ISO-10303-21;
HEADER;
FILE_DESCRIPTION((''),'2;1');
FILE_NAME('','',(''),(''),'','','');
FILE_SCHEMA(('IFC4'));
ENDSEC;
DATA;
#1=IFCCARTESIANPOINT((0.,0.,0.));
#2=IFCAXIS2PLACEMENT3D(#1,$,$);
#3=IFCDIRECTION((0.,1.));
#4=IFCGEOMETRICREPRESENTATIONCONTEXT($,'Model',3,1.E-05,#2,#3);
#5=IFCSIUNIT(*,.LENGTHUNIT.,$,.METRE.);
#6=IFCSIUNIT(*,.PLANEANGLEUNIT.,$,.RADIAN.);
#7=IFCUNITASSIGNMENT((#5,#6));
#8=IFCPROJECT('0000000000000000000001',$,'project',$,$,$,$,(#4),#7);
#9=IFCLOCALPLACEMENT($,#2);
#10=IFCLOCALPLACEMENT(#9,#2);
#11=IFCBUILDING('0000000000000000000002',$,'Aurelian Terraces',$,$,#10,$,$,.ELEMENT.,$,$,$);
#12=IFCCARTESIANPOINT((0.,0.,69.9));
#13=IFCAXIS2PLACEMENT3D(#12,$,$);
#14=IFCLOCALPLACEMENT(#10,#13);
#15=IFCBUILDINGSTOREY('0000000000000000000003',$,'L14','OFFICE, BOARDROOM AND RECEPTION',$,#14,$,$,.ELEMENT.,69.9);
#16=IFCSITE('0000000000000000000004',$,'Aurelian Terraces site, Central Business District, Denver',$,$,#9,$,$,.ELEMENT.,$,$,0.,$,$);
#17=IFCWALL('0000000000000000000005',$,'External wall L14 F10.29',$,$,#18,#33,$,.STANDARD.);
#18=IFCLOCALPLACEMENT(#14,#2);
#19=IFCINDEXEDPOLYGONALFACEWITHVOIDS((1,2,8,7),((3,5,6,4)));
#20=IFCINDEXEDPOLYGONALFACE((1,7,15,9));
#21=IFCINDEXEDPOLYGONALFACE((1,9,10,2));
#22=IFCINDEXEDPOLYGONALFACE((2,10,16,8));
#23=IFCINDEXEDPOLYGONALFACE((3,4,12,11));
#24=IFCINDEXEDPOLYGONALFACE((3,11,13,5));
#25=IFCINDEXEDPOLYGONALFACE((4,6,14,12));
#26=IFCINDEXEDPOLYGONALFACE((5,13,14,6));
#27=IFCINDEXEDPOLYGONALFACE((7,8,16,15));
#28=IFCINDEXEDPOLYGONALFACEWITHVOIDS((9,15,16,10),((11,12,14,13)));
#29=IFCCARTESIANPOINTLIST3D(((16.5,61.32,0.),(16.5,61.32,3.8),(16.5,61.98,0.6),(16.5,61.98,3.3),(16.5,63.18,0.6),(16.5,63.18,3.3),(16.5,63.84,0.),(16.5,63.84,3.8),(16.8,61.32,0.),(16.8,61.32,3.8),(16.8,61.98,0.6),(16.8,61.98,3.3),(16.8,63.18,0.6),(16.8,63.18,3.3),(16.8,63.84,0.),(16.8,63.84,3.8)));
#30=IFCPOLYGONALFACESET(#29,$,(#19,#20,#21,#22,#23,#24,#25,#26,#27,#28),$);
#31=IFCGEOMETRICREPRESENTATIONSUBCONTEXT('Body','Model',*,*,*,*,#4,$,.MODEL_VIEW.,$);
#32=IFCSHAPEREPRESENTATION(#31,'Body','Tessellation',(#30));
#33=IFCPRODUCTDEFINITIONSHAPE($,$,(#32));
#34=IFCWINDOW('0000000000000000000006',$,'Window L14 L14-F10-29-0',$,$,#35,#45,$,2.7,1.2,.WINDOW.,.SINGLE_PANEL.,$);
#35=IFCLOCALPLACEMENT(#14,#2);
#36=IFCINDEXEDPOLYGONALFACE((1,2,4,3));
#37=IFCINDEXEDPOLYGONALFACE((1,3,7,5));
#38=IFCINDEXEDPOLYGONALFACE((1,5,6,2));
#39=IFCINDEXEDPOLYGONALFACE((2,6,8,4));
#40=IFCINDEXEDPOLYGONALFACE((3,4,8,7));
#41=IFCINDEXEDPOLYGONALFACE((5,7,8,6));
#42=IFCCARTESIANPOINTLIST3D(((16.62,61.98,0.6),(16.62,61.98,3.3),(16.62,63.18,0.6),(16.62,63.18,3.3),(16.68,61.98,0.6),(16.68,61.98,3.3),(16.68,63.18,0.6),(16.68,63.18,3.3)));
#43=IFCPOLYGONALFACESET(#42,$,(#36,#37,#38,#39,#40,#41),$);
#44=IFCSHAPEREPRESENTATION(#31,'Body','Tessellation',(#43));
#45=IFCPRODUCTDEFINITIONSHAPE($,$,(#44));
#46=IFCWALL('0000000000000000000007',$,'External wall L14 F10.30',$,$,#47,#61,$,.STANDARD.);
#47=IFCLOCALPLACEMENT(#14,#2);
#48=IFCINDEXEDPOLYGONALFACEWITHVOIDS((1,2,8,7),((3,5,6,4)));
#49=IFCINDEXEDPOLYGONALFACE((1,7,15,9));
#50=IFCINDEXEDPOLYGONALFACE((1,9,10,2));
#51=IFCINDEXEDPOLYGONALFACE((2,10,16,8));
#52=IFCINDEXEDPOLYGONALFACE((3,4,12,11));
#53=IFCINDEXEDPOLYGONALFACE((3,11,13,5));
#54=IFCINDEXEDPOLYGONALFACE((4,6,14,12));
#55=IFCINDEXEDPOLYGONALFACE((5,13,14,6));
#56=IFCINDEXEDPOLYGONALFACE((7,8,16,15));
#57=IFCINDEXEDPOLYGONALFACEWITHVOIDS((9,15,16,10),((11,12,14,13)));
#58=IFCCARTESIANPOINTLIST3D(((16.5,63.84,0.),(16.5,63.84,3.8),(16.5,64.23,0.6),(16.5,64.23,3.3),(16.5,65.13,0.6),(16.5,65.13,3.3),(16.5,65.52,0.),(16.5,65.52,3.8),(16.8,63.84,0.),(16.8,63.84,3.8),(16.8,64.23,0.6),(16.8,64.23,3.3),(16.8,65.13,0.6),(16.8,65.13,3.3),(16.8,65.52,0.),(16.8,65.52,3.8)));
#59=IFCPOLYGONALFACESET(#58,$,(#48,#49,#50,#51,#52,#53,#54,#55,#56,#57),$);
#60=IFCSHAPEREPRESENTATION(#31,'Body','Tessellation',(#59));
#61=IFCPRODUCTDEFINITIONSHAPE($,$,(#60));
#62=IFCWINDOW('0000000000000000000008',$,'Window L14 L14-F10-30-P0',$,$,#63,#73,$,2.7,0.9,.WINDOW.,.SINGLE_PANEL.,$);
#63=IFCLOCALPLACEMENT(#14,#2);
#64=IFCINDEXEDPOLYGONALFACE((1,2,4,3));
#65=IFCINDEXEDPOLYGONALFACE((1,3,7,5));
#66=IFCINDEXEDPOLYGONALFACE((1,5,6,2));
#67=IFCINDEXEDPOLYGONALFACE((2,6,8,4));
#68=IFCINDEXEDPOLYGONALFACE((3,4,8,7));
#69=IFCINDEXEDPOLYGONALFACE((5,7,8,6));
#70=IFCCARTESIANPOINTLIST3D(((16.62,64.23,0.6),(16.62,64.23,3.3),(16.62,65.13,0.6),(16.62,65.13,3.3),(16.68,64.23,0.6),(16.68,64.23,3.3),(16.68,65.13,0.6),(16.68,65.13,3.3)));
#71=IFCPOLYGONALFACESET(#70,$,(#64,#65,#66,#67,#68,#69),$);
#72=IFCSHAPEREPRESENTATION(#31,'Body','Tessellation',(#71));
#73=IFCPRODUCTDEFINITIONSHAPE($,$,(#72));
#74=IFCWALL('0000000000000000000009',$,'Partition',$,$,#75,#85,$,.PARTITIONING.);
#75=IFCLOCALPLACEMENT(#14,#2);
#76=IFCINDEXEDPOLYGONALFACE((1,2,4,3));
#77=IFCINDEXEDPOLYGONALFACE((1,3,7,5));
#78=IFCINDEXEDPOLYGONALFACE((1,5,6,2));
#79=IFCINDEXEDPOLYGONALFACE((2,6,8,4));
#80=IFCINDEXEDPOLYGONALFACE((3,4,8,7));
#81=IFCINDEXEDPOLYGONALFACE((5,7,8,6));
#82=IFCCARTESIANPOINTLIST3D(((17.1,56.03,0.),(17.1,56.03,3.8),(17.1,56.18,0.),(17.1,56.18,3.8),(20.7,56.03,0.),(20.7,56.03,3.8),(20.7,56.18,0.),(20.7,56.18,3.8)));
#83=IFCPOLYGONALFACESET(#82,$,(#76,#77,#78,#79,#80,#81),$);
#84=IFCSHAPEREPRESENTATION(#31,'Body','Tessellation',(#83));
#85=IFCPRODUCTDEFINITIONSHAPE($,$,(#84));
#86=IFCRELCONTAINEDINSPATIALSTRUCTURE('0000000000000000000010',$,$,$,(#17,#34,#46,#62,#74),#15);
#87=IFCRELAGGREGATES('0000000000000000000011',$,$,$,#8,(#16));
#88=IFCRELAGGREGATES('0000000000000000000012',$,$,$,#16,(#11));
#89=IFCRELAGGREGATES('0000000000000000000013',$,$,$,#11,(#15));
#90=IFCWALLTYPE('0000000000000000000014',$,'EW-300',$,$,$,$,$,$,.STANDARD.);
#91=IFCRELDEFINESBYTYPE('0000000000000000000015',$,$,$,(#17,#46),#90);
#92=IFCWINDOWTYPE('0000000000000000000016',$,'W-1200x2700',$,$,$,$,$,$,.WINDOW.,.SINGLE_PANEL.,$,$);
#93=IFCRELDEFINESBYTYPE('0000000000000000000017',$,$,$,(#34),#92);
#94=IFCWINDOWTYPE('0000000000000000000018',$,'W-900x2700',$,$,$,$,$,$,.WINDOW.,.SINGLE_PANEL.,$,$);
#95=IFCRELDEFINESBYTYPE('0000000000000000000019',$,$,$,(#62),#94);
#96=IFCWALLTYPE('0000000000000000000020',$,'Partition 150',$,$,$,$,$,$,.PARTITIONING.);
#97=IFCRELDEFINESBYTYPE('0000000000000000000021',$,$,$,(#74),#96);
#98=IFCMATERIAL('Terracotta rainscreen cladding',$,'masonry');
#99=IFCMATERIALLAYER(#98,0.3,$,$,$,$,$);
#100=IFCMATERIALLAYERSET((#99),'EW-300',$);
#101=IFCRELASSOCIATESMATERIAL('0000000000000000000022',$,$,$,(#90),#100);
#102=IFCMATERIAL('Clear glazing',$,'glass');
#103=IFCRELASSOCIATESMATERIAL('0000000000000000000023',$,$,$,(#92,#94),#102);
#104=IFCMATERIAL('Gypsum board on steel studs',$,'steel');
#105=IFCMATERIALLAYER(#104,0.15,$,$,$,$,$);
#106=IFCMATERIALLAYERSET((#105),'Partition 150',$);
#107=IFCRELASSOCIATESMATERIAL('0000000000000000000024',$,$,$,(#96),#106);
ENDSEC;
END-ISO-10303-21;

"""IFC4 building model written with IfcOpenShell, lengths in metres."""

from ifc_helpers import new_model, si_unit, direction, frame, frame_2d, origin, place, context, subcontext, project, spatial, rectangle, extrude, source, transform, mapped, material, layer, layer_set, type_object, element, fill, save


model = new_model("IFC4")

# Units and contexts
model_context = context("Model", 3, precision=1e-05, world=origin(), true_north=direction((0.0, 1.0)))
body_context = subcontext(model_context, "Body", "Model", "MODEL_VIEW")
ifc_project = project(units=[si_unit("LENGTHUNIT", "METRE"), si_unit("PLANEANGLEUNIT", "RADIAN")], contexts=[model_context])

# Site, building, storey
site_placement = place(None, origin())
site = spatial("IfcSite", under=ifc_project, at=site_placement, Name="Aurelian Terraces site, Central Business District, Denver", CompositionType="ELEMENT", RefElevation=0.0)
building_placement = place(site_placement, origin())
building = spatial("IfcBuilding", under=site, at=building_placement, Name="Aurelian Terraces", CompositionType="ELEMENT")
storey_placement = place(building_placement, frame((0.0, 0.0, 69.9)))
storey = spatial("IfcBuildingStorey", under=building, at=storey_placement, Name="L14", Description="OFFICE, BOARDROOM AND RECEPTION", CompositionType="ELEMENT", Elevation=69.9)

# Shared definitions
ifc_material_1 = material(Name="Terracotta rainscreen cladding", Category="masonry")
ifc_layer_1 = layer(ifc_material_1, 0.3)
ifc_layer_set_1 = layer_set([ifc_layer_1], Name="EW-300")
wall_type_1 = type_object("IfcWallType", Name="EW-300", PredefinedType="STANDARD", material=ifc_layer_set_1)

# Walls, openings, windows
ifc_material_2 = material(Name="Clear glazing", Category="glass")
shared_shape_1 = source(origin(), body_context, "Body", "SweptSolid", [
    extrude(rectangle(XDim=2.52, YDim=0.3, at=frame_2d((1.26, 0.0))), origin(), (0.0, 0.0, 1.0), 3.8),
])
wall_1_placement = place(storey_placement, frame((16.65, 61.32, 0.0), z_axis=(0.0, 0.0, 1.0), x_axis=(0.0, 1.0, 0.0)))
wall_1 = element("IfcWall", 1, at=wall_1_placement, inside=storey, type_object=wall_type_1, Name="External wall L14 F10.29", PredefinedType="STANDARD", context=body_context, shape_type="MappedRepresentation", body=[
    mapped(shared_shape_1, transform((0.0, 0.0, 0.0), scale=1.0)),
])
shared_shape_2 = source(origin(), body_context, "Body", "SweptSolid", [
    extrude(rectangle(XDim=1.2, YDim=2.7, at=frame_2d((0.6, 1.35))), frame((0.0, 0.16, 0.0), z_axis=(0.0, -1.0, 0.0), x_axis=(1.0, 0.0, 0.0)), (0.0, 0.0, 1.0), 0.32),
])
opening_1_placement = place(wall_1_placement, frame((0.66, 0.0, 0.6)))
opening_1 = element("IfcOpeningElement", 2, at=opening_1_placement, cuts=wall_1, PredefinedType="OPENING", context=body_context, shape_type="MappedRepresentation", body=[
    mapped(shared_shape_2, transform((0.0, 0.0, 0.0), scale=1.0)),
])
window_type_1 = type_object("IfcWindowType", Name="W-1200x2700", PartitioningType="SINGLE_PANEL", PredefinedType="WINDOW", material=ifc_material_2)
shared_shape_3 = source(origin(), body_context, "Body", "SweptSolid", [
    extrude(rectangle(XDim=1.2, YDim=2.7, at=frame_2d((0.6, 1.35))), frame((0.0, 0.03, 0.0), z_axis=(0.0, -1.0, 0.0), x_axis=(1.0, 0.0, 0.0)), (0.0, 0.0, 1.0), 0.06),
])
window_1_placement = place(opening_1_placement, origin())
window_1 = element("IfcWindow", 3, at=window_1_placement, inside=storey, type_object=window_type_1, Name="Window L14 L14-F10-29-0", OverallHeight=2.7, OverallWidth=1.2, PartitioningType="SINGLE_PANEL", PredefinedType="WINDOW", context=body_context, shape_type="MappedRepresentation", body=[
    mapped(shared_shape_3, transform((0.0, 0.0, 0.0), scale=1.0)),
])
fill(opening_1, window_1)
shared_shape_4 = source(origin(), body_context, "Body", "SweptSolid", [
    extrude(rectangle(XDim=1.68, YDim=0.3, at=frame_2d((0.84, 0.0))), origin(), (0.0, 0.0, 1.0), 3.8),
])
wall_2_placement = place(storey_placement, frame((16.65, 63.84, 0.0), z_axis=(0.0, 0.0, 1.0), x_axis=(0.0, 1.0, 0.0)))
wall_2 = element("IfcWall", 4, at=wall_2_placement, inside=storey, type_object=wall_type_1, Name="External wall L14 F10.30", PredefinedType="STANDARD", context=body_context, shape_type="MappedRepresentation", body=[
    mapped(shared_shape_4, transform((0.0, 0.0, 0.0), scale=1.0)),
])
shared_shape_5 = source(origin(), body_context, "Body", "SweptSolid", [
    extrude(rectangle(XDim=0.9, YDim=2.7, at=frame_2d((0.45, 1.35))), frame((0.0, 0.16, 0.0), z_axis=(0.0, -1.0, 0.0), x_axis=(1.0, 0.0, 0.0)), (0.0, 0.0, 1.0), 0.32),
])
opening_2_placement = place(wall_2_placement, frame((0.39, 0.0, 0.6)))
opening_2 = element("IfcOpeningElement", 5, at=opening_2_placement, cuts=wall_2, PredefinedType="OPENING", context=body_context, shape_type="MappedRepresentation", body=[
    mapped(shared_shape_5, transform((0.0, 0.0, 0.0), scale=1.0)),
])
window_type_2 = type_object("IfcWindowType", Name="W-900x2700", PartitioningType="SINGLE_PANEL", PredefinedType="WINDOW", material=ifc_material_2)
shared_shape_6 = source(origin(), body_context, "Body", "SweptSolid", [
    extrude(rectangle(XDim=0.9, YDim=2.7, at=frame_2d((0.45, 1.35))), frame((0.0, 0.03, 0.0), z_axis=(0.0, -1.0, 0.0), x_axis=(1.0, 0.0, 0.0)), (0.0, 0.0, 1.0), 0.06),
])
window_2_placement = place(opening_2_placement, origin())
window_2 = element("IfcWindow", 6, at=window_2_placement, inside=storey, type_object=window_type_2, Name="Window L14 L14-F10-30-P0", OverallHeight=2.7, OverallWidth=0.9, PartitioningType="SINGLE_PANEL", PredefinedType="WINDOW", context=body_context, shape_type="MappedRepresentation", body=[
    mapped(shared_shape_6, transform((0.0, 0.0, 0.0), scale=1.0)),
])
fill(opening_2, window_2)

# Wall
ifc_material_3 = material(Name="Gypsum board on steel studs", Category="steel")
ifc_layer_2 = layer(ifc_material_3, 0.15)
ifc_layer_set_2 = layer_set([ifc_layer_2], Name="Partition 150")
wall_type_2 = type_object("IfcWallType", Name="Partition 150", PredefinedType="PARTITIONING", material=ifc_layer_set_2)
shared_shape_7 = source(origin(), body_context, "Body", "SweptSolid", [
    extrude(rectangle(XDim=3.6, YDim=0.15, at=frame_2d((1.8, 0.0))), origin(), (0.0, 0.0, 1.0), 3.8),
])
wall_3_placement = place(storey_placement, frame((17.1, 56.105, 0.0), z_axis=(0.0, 0.0, 1.0), x_axis=(1.0, 0.0, 0.0)))
element("IfcWall", 7, at=wall_3_placement, inside=storey, type_object=wall_type_2, Name="Partition", PredefinedType="PARTITIONING", context=body_context, shape_type="MappedRepresentation", body=[
    mapped(shared_shape_7, transform((0.0, 0.0, 0.0), scale=1.0)),
])

save(model, "model.ifc")
